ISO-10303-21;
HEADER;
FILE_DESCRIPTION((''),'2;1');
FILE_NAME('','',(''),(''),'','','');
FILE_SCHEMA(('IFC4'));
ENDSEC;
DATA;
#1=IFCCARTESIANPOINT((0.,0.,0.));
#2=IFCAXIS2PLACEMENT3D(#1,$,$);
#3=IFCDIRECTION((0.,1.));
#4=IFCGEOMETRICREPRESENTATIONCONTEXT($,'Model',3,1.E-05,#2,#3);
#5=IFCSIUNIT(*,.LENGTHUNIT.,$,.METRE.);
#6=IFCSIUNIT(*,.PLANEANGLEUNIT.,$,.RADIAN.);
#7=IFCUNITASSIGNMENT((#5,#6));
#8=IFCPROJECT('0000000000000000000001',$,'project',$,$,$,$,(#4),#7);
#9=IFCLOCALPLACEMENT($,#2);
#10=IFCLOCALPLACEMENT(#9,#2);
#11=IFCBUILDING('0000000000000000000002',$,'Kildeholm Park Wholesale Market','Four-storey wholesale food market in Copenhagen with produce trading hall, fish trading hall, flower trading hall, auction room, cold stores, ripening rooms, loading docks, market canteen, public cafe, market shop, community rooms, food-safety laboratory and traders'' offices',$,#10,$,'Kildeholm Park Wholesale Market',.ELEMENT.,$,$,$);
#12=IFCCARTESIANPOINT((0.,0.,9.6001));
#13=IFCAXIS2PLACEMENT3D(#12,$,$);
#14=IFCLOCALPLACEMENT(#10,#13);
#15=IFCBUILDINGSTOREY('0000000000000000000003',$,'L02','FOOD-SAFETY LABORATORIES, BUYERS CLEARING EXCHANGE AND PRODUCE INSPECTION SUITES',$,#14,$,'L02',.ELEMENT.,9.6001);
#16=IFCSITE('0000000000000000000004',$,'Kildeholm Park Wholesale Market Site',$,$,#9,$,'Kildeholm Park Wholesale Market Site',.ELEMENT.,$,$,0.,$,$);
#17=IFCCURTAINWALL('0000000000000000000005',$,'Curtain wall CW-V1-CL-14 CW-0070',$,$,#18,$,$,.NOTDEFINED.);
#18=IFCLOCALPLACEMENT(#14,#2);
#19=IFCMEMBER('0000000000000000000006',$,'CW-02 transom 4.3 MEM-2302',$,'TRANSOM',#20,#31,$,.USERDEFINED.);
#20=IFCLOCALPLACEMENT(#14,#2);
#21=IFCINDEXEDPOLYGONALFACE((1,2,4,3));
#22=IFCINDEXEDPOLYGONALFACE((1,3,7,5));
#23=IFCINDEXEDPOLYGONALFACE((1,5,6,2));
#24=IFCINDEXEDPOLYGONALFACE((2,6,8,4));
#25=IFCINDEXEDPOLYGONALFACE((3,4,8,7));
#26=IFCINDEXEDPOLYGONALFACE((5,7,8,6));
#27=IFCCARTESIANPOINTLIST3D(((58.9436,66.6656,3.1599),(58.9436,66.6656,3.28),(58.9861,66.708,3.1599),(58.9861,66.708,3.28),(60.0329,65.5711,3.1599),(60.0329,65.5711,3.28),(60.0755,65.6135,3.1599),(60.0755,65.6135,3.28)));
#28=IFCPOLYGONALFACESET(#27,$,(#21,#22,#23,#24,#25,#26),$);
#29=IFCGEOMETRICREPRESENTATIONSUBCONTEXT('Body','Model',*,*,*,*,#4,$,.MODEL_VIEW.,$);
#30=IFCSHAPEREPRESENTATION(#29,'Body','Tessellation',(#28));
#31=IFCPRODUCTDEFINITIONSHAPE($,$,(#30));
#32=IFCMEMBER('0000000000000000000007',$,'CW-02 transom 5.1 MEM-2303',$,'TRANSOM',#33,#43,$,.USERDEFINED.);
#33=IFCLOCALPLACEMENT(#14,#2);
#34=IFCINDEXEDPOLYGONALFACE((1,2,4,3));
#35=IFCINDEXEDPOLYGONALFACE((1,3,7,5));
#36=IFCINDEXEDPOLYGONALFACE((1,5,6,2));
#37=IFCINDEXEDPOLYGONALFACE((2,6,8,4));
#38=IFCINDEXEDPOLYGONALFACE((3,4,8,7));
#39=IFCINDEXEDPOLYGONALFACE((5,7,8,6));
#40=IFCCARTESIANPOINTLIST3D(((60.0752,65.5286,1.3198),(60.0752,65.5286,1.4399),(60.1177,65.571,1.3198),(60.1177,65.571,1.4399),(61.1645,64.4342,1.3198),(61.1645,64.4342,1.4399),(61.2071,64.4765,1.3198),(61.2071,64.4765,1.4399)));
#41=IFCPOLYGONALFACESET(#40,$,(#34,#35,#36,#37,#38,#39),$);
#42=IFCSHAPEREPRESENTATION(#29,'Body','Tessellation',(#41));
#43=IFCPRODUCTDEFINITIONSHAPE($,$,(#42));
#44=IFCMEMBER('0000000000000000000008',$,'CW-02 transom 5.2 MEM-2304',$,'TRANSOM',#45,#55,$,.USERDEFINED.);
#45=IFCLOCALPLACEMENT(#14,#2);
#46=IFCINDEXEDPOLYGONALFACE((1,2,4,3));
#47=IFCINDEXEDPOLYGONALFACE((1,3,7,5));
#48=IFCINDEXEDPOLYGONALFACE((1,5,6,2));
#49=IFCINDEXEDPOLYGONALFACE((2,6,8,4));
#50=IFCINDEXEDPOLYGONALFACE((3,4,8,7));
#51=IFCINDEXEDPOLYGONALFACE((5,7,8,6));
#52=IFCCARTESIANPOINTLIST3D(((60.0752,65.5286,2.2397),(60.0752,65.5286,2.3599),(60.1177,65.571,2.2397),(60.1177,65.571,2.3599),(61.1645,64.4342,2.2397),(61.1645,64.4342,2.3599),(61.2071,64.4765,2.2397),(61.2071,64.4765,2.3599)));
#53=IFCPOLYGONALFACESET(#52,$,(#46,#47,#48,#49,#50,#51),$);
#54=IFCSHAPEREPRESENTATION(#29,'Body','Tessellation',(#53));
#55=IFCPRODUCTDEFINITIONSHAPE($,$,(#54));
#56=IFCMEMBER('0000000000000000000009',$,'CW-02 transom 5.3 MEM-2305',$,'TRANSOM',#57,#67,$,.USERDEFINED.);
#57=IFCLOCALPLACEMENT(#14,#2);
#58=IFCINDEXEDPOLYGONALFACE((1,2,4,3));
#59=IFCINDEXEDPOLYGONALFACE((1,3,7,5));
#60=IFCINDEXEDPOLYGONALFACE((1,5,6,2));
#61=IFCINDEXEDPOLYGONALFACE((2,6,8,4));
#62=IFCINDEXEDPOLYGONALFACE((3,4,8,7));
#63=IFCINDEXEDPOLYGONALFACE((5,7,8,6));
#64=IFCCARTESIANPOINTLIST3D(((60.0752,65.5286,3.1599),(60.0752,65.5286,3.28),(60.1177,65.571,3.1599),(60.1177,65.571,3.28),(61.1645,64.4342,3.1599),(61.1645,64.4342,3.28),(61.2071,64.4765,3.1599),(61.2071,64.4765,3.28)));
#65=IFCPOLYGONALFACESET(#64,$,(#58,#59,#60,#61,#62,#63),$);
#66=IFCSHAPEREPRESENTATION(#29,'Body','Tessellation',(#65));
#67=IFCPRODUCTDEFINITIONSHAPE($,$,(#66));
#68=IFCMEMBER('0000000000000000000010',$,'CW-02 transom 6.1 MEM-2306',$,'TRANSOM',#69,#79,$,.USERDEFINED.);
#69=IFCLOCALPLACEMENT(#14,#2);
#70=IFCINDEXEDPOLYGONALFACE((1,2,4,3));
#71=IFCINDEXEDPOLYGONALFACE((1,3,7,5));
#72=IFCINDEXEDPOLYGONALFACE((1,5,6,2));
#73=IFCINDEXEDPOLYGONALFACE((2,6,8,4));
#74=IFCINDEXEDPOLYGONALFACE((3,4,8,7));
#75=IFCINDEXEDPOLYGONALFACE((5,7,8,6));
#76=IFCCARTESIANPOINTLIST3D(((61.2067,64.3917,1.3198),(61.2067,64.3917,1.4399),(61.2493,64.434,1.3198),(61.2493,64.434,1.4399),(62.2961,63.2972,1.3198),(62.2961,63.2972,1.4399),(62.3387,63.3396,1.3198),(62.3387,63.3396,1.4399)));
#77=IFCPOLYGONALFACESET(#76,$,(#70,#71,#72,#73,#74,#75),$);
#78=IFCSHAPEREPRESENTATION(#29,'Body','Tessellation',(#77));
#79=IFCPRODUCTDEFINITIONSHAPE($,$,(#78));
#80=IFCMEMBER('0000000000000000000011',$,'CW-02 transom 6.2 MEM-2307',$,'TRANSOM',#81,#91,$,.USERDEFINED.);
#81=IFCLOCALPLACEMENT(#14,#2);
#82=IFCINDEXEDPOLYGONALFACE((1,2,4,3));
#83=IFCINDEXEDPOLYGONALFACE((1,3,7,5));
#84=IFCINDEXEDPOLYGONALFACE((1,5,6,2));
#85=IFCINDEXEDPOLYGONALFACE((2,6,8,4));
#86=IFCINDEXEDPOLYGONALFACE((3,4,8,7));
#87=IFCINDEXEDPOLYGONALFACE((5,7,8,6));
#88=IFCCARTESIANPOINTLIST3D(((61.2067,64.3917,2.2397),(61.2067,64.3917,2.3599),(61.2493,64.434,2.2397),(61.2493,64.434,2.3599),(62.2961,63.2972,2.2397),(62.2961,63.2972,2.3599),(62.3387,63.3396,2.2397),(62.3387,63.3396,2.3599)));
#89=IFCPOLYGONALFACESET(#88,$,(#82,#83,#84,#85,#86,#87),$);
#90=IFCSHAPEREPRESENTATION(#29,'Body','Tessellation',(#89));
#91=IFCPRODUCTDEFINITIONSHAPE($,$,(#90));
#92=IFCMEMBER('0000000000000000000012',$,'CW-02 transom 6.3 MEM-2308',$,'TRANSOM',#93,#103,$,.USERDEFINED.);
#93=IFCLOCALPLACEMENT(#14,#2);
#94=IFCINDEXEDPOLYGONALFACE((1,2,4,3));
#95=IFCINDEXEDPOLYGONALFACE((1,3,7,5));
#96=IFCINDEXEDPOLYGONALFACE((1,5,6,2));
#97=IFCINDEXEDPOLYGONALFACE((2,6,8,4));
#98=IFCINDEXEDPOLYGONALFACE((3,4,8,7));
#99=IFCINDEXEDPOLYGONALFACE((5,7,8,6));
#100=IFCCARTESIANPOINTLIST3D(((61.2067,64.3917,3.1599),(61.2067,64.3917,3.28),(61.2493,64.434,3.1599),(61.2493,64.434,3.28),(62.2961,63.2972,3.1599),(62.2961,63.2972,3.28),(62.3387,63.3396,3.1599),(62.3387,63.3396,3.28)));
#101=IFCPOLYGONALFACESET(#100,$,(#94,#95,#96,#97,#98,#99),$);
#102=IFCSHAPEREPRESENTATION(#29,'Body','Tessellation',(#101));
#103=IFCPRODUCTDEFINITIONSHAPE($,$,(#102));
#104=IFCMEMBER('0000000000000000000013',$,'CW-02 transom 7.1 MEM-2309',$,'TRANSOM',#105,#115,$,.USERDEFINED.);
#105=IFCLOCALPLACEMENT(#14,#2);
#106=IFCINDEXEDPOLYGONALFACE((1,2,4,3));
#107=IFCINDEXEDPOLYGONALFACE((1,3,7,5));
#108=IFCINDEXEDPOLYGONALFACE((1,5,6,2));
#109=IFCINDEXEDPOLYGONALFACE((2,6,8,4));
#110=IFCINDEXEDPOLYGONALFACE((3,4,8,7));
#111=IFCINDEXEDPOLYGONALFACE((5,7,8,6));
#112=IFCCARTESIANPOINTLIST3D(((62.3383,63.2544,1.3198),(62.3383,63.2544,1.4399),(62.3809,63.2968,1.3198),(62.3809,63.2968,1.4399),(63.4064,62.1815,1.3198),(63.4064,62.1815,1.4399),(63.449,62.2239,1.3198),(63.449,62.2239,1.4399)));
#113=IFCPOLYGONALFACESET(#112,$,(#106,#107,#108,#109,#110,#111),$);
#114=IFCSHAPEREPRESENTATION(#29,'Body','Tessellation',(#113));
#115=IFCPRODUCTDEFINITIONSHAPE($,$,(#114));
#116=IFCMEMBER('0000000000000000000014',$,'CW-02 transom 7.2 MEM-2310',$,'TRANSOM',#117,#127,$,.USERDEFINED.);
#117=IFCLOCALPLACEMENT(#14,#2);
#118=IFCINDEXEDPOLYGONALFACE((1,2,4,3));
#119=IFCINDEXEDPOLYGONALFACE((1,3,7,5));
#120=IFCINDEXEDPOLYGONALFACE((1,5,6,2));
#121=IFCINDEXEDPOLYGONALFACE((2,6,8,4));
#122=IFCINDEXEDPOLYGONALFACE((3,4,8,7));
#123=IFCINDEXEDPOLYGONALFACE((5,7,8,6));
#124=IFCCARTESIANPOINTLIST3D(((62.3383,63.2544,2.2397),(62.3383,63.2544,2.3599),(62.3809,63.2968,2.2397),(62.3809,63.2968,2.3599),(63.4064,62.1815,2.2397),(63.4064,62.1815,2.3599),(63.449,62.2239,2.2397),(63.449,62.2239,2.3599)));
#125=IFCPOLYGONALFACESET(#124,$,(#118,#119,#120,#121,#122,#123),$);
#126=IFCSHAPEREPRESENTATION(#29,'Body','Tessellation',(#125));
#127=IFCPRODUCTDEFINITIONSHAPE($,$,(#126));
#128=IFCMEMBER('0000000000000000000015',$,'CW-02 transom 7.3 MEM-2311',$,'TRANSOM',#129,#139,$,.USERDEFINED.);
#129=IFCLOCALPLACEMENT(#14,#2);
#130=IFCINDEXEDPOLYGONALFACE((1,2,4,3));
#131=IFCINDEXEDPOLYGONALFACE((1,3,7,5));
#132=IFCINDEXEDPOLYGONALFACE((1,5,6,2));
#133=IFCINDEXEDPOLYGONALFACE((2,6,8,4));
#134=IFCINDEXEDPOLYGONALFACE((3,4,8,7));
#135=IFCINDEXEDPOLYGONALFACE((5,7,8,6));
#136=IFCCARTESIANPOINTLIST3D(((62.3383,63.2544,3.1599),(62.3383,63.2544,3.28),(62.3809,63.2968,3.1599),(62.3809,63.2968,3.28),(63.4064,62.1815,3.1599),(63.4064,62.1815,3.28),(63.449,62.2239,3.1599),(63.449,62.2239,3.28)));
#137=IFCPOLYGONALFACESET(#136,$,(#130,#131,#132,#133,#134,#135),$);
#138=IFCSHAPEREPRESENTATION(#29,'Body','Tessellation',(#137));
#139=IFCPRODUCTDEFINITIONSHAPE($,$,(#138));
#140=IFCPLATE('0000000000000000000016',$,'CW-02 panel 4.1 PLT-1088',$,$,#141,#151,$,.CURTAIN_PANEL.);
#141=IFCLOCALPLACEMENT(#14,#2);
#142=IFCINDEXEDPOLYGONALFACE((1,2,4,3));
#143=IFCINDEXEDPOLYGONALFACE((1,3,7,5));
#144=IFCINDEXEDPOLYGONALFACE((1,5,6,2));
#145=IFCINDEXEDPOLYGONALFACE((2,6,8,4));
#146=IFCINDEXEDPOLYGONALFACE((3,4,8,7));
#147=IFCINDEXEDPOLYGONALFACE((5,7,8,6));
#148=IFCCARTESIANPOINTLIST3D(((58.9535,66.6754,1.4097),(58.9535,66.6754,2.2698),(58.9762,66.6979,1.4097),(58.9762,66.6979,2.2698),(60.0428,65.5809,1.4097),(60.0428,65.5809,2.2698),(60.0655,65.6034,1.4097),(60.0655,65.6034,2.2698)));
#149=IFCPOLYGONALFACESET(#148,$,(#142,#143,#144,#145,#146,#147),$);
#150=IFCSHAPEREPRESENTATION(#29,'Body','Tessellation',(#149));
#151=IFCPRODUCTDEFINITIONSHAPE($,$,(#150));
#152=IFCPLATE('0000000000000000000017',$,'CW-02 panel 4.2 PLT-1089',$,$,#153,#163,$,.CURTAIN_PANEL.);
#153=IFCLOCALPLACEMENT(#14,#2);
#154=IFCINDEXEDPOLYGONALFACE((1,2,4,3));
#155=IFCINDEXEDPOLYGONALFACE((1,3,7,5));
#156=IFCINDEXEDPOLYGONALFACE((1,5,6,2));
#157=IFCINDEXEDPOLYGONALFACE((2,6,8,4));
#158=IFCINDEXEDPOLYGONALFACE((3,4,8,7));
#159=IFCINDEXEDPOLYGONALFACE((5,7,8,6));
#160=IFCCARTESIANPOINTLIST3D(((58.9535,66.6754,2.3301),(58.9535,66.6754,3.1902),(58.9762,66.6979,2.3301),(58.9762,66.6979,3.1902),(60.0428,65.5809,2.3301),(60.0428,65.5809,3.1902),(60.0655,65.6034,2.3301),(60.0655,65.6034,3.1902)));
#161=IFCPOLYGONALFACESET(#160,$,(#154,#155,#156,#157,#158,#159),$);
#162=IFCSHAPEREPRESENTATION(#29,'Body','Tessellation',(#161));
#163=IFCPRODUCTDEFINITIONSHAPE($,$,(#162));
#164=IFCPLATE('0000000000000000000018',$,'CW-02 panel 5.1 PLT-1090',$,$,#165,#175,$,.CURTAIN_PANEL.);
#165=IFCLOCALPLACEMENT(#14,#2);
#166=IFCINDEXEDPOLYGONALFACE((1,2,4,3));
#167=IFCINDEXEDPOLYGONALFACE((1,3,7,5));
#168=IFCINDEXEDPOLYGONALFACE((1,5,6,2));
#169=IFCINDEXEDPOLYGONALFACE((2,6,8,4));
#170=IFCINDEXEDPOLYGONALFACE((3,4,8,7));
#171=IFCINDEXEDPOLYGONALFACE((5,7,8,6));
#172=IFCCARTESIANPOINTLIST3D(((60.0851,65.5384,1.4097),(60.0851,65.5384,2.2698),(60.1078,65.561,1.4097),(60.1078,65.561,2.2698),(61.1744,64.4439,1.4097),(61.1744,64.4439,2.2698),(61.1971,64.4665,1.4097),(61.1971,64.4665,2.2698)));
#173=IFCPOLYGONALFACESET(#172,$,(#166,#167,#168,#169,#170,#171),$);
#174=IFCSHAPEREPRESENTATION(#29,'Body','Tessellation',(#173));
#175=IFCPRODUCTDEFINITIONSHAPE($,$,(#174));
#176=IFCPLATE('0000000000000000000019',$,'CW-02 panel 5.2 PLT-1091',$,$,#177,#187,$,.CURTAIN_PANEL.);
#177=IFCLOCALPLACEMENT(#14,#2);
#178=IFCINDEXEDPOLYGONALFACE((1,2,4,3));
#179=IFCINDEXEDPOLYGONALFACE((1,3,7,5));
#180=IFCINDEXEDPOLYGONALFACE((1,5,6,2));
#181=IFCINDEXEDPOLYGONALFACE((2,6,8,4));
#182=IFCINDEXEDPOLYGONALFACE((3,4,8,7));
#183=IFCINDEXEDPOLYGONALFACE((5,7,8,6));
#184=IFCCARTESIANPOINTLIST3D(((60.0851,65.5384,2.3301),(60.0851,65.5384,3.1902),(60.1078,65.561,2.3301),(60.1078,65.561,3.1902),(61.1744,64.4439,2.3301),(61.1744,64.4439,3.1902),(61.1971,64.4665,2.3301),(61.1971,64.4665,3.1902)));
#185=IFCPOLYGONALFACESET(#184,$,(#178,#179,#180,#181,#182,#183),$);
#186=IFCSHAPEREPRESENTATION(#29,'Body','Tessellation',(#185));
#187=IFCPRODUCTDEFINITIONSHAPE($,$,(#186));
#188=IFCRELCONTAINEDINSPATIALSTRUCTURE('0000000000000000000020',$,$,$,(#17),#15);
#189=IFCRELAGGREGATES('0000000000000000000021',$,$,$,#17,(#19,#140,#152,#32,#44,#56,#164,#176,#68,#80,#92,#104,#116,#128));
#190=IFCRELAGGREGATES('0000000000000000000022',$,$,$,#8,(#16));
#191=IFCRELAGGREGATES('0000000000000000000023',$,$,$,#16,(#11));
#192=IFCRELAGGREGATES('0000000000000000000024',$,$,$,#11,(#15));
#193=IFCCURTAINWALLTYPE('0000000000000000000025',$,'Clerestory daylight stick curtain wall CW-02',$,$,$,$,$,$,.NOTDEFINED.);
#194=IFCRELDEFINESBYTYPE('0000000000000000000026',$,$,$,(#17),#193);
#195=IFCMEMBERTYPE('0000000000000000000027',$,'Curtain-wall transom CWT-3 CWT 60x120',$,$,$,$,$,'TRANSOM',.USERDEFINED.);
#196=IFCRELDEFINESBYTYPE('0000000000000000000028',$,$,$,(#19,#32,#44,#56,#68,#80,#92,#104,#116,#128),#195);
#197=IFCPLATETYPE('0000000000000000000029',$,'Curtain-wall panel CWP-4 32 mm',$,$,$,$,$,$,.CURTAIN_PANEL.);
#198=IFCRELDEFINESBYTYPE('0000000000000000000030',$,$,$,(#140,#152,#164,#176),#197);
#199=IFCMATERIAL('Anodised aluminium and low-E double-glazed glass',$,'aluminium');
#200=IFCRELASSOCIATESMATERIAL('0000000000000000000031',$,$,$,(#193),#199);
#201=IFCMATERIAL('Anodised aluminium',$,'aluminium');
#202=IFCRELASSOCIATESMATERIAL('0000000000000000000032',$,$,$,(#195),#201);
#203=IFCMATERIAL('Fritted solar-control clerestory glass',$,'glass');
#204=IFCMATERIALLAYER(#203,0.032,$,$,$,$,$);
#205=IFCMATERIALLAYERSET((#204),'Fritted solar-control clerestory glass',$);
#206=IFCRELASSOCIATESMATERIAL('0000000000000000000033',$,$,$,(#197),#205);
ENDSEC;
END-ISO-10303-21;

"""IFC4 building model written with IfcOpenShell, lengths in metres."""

from ifc_helpers import new_model, si_unit, direction, frame, origin, origin_2d, place, context, subcontext, project, spatial, rectangle, extrude, material, layer, layer_set, material_profile, profile_set, type_object, element, aggregate, save


model = new_model("IFC4")

# Units and contexts
model_context = context("Model", 3, precision=1e-05, world=origin(), true_north=direction((0.0, 1.0)))
body_context = subcontext(model_context, "Body", "Model", "MODEL_VIEW")
ifc_project = project(units=[si_unit("LENGTHUNIT", "METRE"), si_unit("PLANEANGLEUNIT", "RADIAN")], contexts=[model_context])

# Site, building, storey
site_placement = place(None, origin())
site = spatial("IfcSite", under=ifc_project, at=site_placement, Name="Kildeholm Park Wholesale Market Site", LongName="Kildeholm Park Wholesale Market Site", CompositionType="ELEMENT", RefElevation=0.0)
building_placement = place(site_placement, origin())
building = spatial("IfcBuilding", under=site, at=building_placement, Name="Kildeholm Park Wholesale Market", Description="Four-storey wholesale food market in Copenhagen with produce trading hall, fish trading hall, flower trading hall, auction room, cold stores, ripening rooms, loading docks, market canteen, public cafe, market shop, community rooms, food-safety laboratory and traders' offices", LongName="Kildeholm Park Wholesale Market", CompositionType="ELEMENT")
storey_placement = place(building_placement, frame((0.0, 0.0, 9.6001)))
storey = spatial("IfcBuildingStorey", under=building, at=storey_placement, Name="L02", Description="FOOD-SAFETY LABORATORIES, BUYERS CLEARING EXCHANGE AND PRODUCE INSPECTION SUITES", LongName="L02", CompositionType="ELEMENT", Elevation=9.6001)

# Curtain wall, members, plates
ifc_material_1 = material(Name="Anodised aluminium and low-E double-glazed glass", Category="aluminium")
curtain_wall_type = type_object("IfcCurtainWallType", Name="Clerestory daylight stick curtain wall CW-02", PredefinedType="NOTDEFINED", material=ifc_material_1)
curtain_wall_placement = place(storey_placement, origin())
curtain_wall = element("IfcCurtainWall", 1, at=curtain_wall_placement, inside=storey, type_object=curtain_wall_type, Name="Curtain wall CW-V1-CL-14 CW-0070", PredefinedType="NOTDEFINED")
ifc_material_2 = material(Name="Anodised aluminium", Category="aluminium")
ifc_material_profile_1 = material_profile(ifc_material_2, rectangle(XDim=0.0601, YDim=0.1201, at=origin_2d()), Name="CWT 60x120")
ifc_profile_set_1 = profile_set([ifc_material_profile_1], Name="Anodised aluminium")
member_type_1 = type_object("IfcMemberType", Name="Curtain-wall transom CWT-3 CWT 60x120", ElementType="TRANSOM", PredefinedType="USERDEFINED", material=ifc_profile_set_1)
member_1_placement = place(storey_placement, frame((58.9648, 66.6868, 3.22), z_axis=(0.705445, -0.708765, 0.0), x_axis=(0.708765, 0.705445, 0.0)))
member_1 = element("IfcMember", 2, at=member_1_placement, type_object=member_type_1, Name="CW-02 transom 4.3 MEM-2302", ObjectType="TRANSOM", PredefinedType="USERDEFINED", context=body_context, shape_type="SweptSolid", body=[
    extrude(rectangle(XDim=0.0601, YDim=0.1201, at=origin_2d()), origin(), (0.0, 0.0, 1.0), 1.5442),
])
member_2_placement = place(storey_placement, frame((60.0964, 65.5498, 1.3799), z_axis=(0.705445, -0.708765, 0.0), x_axis=(0.708765, 0.705445, 0.0)))
member_2 = element("IfcMember", 3, at=member_2_placement, type_object=member_type_1, Name="CW-02 transom 5.1 MEM-2303", ObjectType="TRANSOM", PredefinedType="USERDEFINED", context=body_context, shape_type="SweptSolid", body=[
    extrude(rectangle(XDim=0.0601, YDim=0.1201, at=origin_2d()), origin(), (0.0, 0.0, 1.0), 1.5442),
])
member_3_placement = place(storey_placement, frame((60.0964, 65.5498, 2.2998), z_axis=(0.705445, -0.708765, 0.0), x_axis=(0.708765, 0.705445, 0.0)))
member_3 = element("IfcMember", 4, at=member_3_placement, type_object=member_type_1, Name="CW-02 transom 5.2 MEM-2304", ObjectType="TRANSOM", PredefinedType="USERDEFINED", context=body_context, shape_type="SweptSolid", body=[
    extrude(rectangle(XDim=0.0601, YDim=0.1201, at=origin_2d()), origin(), (0.0, 0.0, 1.0), 1.5442),
])
member_4_placement = place(storey_placement, frame((60.0964, 65.5498, 3.22), z_axis=(0.705445, -0.708765, 0.0), x_axis=(0.708765, 0.705445, 0.0)))
member_4 = element("IfcMember", 5, at=member_4_placement, type_object=member_type_1, Name="CW-02 transom 5.3 MEM-2305", ObjectType="TRANSOM", PredefinedType="USERDEFINED", context=body_context, shape_type="SweptSolid", body=[
    extrude(rectangle(XDim=0.0601, YDim=0.1201, at=origin_2d()), origin(), (0.0, 0.0, 1.0), 1.5442),
])
member_5_placement = place(storey_placement, frame((61.228, 64.4128, 1.3799), z_axis=(0.705445, -0.708765, 0.0), x_axis=(0.708765, 0.705445, 0.0)))
member_5 = element("IfcMember", 6, at=member_5_placement, type_object=member_type_1, Name="CW-02 transom 6.1 MEM-2306", ObjectType="TRANSOM", PredefinedType="USERDEFINED", context=body_context, shape_type="SweptSolid", body=[
    extrude(rectangle(XDim=0.0601, YDim=0.1201, at=origin_2d()), origin(), (0.0, 0.0, 1.0), 1.5442),
])
member_6_placement = place(storey_placement, frame((61.228, 64.4128, 2.2998), z_axis=(0.705445, -0.708765, 0.0), x_axis=(0.708765, 0.705445, 0.0)))
member_6 = element("IfcMember", 7, at=member_6_placement, type_object=member_type_1, Name="CW-02 transom 6.2 MEM-2307", ObjectType="TRANSOM", PredefinedType="USERDEFINED", context=body_context, shape_type="SweptSolid", body=[
    extrude(rectangle(XDim=0.0601, YDim=0.1201, at=origin_2d()), origin(), (0.0, 0.0, 1.0), 1.5442),
])
member_7_placement = place(storey_placement, frame((61.228, 64.4128, 3.22), z_axis=(0.705445, -0.708765, 0.0), x_axis=(0.708765, 0.705445, 0.0)))
member_7 = element("IfcMember", 8, at=member_7_placement, type_object=member_type_1, Name="CW-02 transom 6.3 MEM-2308", ObjectType="TRANSOM", PredefinedType="USERDEFINED", context=body_context, shape_type="SweptSolid", body=[
    extrude(rectangle(XDim=0.0601, YDim=0.1201, at=origin_2d()), origin(), (0.0, 0.0, 1.0), 1.5442),
])
member_8_placement = place(storey_placement, frame((62.3596, 63.2756, 1.3799), z_axis=(0.705492, -0.708717, 0.0), x_axis=(0.708717, 0.705492, 0.0)))
member_8 = element("IfcMember", 9, at=member_8_placement, type_object=member_type_1, Name="CW-02 transom 7.1 MEM-2309", ObjectType="TRANSOM", PredefinedType="USERDEFINED", context=body_context, shape_type="SweptSolid", body=[
    extrude(rectangle(XDim=0.0601, YDim=0.1201, at=origin_2d()), origin(), (0.0, 0.0, 1.0), 1.5139),
])
member_9_placement = place(storey_placement, frame((62.3596, 63.2756, 2.2998), z_axis=(0.705492, -0.708717, 0.0), x_axis=(0.708717, 0.705492, 0.0)))
member_9 = element("IfcMember", 10, at=member_9_placement, type_object=member_type_1, Name="CW-02 transom 7.2 MEM-2310", ObjectType="TRANSOM", PredefinedType="USERDEFINED", context=body_context, shape_type="SweptSolid", body=[
    extrude(rectangle(XDim=0.0601, YDim=0.1201, at=origin_2d()), origin(), (0.0, 0.0, 1.0), 1.5139),
])
member_10_placement = place(storey_placement, frame((62.3596, 63.2756, 3.22), z_axis=(0.705492, -0.708717, 0.0), x_axis=(0.708717, 0.705492, 0.0)))
member_10 = element("IfcMember", 11, at=member_10_placement, type_object=member_type_1, Name="CW-02 transom 7.3 MEM-2311", ObjectType="TRANSOM", PredefinedType="USERDEFINED", context=body_context, shape_type="SweptSolid", body=[
    extrude(rectangle(XDim=0.0601, YDim=0.1201, at=origin_2d()), origin(), (0.0, 0.0, 1.0), 1.5139),
])
ifc_material_3 = material(Name="Fritted solar-control clerestory glass", Category="glass")
ifc_layer_1 = layer(ifc_material_3, 0.032)
ifc_layer_set_1 = layer_set([ifc_layer_1], Name="Fritted solar-control clerestory glass")
plate_type = type_object("IfcPlateType", Name="Curtain-wall panel CWP-4 32 mm", PredefinedType="CURTAIN_PANEL", material=ifc_layer_set_1)
plate_1_placement = place(storey_placement, frame((59.5095, 66.1394, 1.4097), z_axis=(0.0, 0.0, 1.0), x_axis=(0.705413, -0.708797, 0.0)))
plate_1 = element("IfcPlate", 12, at=plate_1_placement, type_object=plate_type, Name="CW-02 panel 4.1 PLT-1088", PredefinedType="CURTAIN_PANEL", context=body_context, shape_type="SweptSolid", body=[
    extrude(rectangle(XDim=1.5442, YDim=0.032, at=origin_2d()), origin(), (0.0, 0.0, 1.0), 0.8601),
])
plate_2_placement = place(storey_placement, frame((59.5095, 66.1394, 2.3301), z_axis=(0.0, 0.0, 1.0), x_axis=(0.705413, -0.708797, 0.0)))
plate_2 = element("IfcPlate", 13, at=plate_2_placement, type_object=plate_type, Name="CW-02 panel 4.2 PLT-1089", PredefinedType="CURTAIN_PANEL", context=body_context, shape_type="SweptSolid", body=[
    extrude(rectangle(XDim=1.5442, YDim=0.032, at=origin_2d()), origin(), (0.0, 0.0, 1.0), 0.8601),
])
plate_3_placement = place(storey_placement, frame((60.6411, 65.0024, 1.4097), z_axis=(0.0, 0.0, 1.0), x_axis=(0.705413, -0.708797, 0.0)))
plate_3 = element("IfcPlate", 14, at=plate_3_placement, type_object=plate_type, Name="CW-02 panel 5.1 PLT-1090", PredefinedType="CURTAIN_PANEL", context=body_context, shape_type="SweptSolid", body=[
    extrude(rectangle(XDim=1.5442, YDim=0.032, at=origin_2d()), origin(), (0.0, 0.0, 1.0), 0.8601),
])
plate_4_placement = place(storey_placement, frame((60.6411, 65.0024, 2.3301), z_axis=(0.0, 0.0, 1.0), x_axis=(0.705413, -0.708797, 0.0)))
plate_4 = element("IfcPlate", 15, at=plate_4_placement, type_object=plate_type, Name="CW-02 panel 5.2 PLT-1091", PredefinedType="CURTAIN_PANEL", context=body_context, shape_type="SweptSolid", body=[
    extrude(rectangle(XDim=1.5442, YDim=0.032, at=origin_2d()), origin(), (0.0, 0.0, 1.0), 0.8601),
])
aggregate(curtain_wall, [member_1, plate_1, plate_2, member_2, member_3, member_4, plate_3, plate_4, member_5, member_6, member_7, member_8, member_9, member_10])

save(model, "model.ifc")
